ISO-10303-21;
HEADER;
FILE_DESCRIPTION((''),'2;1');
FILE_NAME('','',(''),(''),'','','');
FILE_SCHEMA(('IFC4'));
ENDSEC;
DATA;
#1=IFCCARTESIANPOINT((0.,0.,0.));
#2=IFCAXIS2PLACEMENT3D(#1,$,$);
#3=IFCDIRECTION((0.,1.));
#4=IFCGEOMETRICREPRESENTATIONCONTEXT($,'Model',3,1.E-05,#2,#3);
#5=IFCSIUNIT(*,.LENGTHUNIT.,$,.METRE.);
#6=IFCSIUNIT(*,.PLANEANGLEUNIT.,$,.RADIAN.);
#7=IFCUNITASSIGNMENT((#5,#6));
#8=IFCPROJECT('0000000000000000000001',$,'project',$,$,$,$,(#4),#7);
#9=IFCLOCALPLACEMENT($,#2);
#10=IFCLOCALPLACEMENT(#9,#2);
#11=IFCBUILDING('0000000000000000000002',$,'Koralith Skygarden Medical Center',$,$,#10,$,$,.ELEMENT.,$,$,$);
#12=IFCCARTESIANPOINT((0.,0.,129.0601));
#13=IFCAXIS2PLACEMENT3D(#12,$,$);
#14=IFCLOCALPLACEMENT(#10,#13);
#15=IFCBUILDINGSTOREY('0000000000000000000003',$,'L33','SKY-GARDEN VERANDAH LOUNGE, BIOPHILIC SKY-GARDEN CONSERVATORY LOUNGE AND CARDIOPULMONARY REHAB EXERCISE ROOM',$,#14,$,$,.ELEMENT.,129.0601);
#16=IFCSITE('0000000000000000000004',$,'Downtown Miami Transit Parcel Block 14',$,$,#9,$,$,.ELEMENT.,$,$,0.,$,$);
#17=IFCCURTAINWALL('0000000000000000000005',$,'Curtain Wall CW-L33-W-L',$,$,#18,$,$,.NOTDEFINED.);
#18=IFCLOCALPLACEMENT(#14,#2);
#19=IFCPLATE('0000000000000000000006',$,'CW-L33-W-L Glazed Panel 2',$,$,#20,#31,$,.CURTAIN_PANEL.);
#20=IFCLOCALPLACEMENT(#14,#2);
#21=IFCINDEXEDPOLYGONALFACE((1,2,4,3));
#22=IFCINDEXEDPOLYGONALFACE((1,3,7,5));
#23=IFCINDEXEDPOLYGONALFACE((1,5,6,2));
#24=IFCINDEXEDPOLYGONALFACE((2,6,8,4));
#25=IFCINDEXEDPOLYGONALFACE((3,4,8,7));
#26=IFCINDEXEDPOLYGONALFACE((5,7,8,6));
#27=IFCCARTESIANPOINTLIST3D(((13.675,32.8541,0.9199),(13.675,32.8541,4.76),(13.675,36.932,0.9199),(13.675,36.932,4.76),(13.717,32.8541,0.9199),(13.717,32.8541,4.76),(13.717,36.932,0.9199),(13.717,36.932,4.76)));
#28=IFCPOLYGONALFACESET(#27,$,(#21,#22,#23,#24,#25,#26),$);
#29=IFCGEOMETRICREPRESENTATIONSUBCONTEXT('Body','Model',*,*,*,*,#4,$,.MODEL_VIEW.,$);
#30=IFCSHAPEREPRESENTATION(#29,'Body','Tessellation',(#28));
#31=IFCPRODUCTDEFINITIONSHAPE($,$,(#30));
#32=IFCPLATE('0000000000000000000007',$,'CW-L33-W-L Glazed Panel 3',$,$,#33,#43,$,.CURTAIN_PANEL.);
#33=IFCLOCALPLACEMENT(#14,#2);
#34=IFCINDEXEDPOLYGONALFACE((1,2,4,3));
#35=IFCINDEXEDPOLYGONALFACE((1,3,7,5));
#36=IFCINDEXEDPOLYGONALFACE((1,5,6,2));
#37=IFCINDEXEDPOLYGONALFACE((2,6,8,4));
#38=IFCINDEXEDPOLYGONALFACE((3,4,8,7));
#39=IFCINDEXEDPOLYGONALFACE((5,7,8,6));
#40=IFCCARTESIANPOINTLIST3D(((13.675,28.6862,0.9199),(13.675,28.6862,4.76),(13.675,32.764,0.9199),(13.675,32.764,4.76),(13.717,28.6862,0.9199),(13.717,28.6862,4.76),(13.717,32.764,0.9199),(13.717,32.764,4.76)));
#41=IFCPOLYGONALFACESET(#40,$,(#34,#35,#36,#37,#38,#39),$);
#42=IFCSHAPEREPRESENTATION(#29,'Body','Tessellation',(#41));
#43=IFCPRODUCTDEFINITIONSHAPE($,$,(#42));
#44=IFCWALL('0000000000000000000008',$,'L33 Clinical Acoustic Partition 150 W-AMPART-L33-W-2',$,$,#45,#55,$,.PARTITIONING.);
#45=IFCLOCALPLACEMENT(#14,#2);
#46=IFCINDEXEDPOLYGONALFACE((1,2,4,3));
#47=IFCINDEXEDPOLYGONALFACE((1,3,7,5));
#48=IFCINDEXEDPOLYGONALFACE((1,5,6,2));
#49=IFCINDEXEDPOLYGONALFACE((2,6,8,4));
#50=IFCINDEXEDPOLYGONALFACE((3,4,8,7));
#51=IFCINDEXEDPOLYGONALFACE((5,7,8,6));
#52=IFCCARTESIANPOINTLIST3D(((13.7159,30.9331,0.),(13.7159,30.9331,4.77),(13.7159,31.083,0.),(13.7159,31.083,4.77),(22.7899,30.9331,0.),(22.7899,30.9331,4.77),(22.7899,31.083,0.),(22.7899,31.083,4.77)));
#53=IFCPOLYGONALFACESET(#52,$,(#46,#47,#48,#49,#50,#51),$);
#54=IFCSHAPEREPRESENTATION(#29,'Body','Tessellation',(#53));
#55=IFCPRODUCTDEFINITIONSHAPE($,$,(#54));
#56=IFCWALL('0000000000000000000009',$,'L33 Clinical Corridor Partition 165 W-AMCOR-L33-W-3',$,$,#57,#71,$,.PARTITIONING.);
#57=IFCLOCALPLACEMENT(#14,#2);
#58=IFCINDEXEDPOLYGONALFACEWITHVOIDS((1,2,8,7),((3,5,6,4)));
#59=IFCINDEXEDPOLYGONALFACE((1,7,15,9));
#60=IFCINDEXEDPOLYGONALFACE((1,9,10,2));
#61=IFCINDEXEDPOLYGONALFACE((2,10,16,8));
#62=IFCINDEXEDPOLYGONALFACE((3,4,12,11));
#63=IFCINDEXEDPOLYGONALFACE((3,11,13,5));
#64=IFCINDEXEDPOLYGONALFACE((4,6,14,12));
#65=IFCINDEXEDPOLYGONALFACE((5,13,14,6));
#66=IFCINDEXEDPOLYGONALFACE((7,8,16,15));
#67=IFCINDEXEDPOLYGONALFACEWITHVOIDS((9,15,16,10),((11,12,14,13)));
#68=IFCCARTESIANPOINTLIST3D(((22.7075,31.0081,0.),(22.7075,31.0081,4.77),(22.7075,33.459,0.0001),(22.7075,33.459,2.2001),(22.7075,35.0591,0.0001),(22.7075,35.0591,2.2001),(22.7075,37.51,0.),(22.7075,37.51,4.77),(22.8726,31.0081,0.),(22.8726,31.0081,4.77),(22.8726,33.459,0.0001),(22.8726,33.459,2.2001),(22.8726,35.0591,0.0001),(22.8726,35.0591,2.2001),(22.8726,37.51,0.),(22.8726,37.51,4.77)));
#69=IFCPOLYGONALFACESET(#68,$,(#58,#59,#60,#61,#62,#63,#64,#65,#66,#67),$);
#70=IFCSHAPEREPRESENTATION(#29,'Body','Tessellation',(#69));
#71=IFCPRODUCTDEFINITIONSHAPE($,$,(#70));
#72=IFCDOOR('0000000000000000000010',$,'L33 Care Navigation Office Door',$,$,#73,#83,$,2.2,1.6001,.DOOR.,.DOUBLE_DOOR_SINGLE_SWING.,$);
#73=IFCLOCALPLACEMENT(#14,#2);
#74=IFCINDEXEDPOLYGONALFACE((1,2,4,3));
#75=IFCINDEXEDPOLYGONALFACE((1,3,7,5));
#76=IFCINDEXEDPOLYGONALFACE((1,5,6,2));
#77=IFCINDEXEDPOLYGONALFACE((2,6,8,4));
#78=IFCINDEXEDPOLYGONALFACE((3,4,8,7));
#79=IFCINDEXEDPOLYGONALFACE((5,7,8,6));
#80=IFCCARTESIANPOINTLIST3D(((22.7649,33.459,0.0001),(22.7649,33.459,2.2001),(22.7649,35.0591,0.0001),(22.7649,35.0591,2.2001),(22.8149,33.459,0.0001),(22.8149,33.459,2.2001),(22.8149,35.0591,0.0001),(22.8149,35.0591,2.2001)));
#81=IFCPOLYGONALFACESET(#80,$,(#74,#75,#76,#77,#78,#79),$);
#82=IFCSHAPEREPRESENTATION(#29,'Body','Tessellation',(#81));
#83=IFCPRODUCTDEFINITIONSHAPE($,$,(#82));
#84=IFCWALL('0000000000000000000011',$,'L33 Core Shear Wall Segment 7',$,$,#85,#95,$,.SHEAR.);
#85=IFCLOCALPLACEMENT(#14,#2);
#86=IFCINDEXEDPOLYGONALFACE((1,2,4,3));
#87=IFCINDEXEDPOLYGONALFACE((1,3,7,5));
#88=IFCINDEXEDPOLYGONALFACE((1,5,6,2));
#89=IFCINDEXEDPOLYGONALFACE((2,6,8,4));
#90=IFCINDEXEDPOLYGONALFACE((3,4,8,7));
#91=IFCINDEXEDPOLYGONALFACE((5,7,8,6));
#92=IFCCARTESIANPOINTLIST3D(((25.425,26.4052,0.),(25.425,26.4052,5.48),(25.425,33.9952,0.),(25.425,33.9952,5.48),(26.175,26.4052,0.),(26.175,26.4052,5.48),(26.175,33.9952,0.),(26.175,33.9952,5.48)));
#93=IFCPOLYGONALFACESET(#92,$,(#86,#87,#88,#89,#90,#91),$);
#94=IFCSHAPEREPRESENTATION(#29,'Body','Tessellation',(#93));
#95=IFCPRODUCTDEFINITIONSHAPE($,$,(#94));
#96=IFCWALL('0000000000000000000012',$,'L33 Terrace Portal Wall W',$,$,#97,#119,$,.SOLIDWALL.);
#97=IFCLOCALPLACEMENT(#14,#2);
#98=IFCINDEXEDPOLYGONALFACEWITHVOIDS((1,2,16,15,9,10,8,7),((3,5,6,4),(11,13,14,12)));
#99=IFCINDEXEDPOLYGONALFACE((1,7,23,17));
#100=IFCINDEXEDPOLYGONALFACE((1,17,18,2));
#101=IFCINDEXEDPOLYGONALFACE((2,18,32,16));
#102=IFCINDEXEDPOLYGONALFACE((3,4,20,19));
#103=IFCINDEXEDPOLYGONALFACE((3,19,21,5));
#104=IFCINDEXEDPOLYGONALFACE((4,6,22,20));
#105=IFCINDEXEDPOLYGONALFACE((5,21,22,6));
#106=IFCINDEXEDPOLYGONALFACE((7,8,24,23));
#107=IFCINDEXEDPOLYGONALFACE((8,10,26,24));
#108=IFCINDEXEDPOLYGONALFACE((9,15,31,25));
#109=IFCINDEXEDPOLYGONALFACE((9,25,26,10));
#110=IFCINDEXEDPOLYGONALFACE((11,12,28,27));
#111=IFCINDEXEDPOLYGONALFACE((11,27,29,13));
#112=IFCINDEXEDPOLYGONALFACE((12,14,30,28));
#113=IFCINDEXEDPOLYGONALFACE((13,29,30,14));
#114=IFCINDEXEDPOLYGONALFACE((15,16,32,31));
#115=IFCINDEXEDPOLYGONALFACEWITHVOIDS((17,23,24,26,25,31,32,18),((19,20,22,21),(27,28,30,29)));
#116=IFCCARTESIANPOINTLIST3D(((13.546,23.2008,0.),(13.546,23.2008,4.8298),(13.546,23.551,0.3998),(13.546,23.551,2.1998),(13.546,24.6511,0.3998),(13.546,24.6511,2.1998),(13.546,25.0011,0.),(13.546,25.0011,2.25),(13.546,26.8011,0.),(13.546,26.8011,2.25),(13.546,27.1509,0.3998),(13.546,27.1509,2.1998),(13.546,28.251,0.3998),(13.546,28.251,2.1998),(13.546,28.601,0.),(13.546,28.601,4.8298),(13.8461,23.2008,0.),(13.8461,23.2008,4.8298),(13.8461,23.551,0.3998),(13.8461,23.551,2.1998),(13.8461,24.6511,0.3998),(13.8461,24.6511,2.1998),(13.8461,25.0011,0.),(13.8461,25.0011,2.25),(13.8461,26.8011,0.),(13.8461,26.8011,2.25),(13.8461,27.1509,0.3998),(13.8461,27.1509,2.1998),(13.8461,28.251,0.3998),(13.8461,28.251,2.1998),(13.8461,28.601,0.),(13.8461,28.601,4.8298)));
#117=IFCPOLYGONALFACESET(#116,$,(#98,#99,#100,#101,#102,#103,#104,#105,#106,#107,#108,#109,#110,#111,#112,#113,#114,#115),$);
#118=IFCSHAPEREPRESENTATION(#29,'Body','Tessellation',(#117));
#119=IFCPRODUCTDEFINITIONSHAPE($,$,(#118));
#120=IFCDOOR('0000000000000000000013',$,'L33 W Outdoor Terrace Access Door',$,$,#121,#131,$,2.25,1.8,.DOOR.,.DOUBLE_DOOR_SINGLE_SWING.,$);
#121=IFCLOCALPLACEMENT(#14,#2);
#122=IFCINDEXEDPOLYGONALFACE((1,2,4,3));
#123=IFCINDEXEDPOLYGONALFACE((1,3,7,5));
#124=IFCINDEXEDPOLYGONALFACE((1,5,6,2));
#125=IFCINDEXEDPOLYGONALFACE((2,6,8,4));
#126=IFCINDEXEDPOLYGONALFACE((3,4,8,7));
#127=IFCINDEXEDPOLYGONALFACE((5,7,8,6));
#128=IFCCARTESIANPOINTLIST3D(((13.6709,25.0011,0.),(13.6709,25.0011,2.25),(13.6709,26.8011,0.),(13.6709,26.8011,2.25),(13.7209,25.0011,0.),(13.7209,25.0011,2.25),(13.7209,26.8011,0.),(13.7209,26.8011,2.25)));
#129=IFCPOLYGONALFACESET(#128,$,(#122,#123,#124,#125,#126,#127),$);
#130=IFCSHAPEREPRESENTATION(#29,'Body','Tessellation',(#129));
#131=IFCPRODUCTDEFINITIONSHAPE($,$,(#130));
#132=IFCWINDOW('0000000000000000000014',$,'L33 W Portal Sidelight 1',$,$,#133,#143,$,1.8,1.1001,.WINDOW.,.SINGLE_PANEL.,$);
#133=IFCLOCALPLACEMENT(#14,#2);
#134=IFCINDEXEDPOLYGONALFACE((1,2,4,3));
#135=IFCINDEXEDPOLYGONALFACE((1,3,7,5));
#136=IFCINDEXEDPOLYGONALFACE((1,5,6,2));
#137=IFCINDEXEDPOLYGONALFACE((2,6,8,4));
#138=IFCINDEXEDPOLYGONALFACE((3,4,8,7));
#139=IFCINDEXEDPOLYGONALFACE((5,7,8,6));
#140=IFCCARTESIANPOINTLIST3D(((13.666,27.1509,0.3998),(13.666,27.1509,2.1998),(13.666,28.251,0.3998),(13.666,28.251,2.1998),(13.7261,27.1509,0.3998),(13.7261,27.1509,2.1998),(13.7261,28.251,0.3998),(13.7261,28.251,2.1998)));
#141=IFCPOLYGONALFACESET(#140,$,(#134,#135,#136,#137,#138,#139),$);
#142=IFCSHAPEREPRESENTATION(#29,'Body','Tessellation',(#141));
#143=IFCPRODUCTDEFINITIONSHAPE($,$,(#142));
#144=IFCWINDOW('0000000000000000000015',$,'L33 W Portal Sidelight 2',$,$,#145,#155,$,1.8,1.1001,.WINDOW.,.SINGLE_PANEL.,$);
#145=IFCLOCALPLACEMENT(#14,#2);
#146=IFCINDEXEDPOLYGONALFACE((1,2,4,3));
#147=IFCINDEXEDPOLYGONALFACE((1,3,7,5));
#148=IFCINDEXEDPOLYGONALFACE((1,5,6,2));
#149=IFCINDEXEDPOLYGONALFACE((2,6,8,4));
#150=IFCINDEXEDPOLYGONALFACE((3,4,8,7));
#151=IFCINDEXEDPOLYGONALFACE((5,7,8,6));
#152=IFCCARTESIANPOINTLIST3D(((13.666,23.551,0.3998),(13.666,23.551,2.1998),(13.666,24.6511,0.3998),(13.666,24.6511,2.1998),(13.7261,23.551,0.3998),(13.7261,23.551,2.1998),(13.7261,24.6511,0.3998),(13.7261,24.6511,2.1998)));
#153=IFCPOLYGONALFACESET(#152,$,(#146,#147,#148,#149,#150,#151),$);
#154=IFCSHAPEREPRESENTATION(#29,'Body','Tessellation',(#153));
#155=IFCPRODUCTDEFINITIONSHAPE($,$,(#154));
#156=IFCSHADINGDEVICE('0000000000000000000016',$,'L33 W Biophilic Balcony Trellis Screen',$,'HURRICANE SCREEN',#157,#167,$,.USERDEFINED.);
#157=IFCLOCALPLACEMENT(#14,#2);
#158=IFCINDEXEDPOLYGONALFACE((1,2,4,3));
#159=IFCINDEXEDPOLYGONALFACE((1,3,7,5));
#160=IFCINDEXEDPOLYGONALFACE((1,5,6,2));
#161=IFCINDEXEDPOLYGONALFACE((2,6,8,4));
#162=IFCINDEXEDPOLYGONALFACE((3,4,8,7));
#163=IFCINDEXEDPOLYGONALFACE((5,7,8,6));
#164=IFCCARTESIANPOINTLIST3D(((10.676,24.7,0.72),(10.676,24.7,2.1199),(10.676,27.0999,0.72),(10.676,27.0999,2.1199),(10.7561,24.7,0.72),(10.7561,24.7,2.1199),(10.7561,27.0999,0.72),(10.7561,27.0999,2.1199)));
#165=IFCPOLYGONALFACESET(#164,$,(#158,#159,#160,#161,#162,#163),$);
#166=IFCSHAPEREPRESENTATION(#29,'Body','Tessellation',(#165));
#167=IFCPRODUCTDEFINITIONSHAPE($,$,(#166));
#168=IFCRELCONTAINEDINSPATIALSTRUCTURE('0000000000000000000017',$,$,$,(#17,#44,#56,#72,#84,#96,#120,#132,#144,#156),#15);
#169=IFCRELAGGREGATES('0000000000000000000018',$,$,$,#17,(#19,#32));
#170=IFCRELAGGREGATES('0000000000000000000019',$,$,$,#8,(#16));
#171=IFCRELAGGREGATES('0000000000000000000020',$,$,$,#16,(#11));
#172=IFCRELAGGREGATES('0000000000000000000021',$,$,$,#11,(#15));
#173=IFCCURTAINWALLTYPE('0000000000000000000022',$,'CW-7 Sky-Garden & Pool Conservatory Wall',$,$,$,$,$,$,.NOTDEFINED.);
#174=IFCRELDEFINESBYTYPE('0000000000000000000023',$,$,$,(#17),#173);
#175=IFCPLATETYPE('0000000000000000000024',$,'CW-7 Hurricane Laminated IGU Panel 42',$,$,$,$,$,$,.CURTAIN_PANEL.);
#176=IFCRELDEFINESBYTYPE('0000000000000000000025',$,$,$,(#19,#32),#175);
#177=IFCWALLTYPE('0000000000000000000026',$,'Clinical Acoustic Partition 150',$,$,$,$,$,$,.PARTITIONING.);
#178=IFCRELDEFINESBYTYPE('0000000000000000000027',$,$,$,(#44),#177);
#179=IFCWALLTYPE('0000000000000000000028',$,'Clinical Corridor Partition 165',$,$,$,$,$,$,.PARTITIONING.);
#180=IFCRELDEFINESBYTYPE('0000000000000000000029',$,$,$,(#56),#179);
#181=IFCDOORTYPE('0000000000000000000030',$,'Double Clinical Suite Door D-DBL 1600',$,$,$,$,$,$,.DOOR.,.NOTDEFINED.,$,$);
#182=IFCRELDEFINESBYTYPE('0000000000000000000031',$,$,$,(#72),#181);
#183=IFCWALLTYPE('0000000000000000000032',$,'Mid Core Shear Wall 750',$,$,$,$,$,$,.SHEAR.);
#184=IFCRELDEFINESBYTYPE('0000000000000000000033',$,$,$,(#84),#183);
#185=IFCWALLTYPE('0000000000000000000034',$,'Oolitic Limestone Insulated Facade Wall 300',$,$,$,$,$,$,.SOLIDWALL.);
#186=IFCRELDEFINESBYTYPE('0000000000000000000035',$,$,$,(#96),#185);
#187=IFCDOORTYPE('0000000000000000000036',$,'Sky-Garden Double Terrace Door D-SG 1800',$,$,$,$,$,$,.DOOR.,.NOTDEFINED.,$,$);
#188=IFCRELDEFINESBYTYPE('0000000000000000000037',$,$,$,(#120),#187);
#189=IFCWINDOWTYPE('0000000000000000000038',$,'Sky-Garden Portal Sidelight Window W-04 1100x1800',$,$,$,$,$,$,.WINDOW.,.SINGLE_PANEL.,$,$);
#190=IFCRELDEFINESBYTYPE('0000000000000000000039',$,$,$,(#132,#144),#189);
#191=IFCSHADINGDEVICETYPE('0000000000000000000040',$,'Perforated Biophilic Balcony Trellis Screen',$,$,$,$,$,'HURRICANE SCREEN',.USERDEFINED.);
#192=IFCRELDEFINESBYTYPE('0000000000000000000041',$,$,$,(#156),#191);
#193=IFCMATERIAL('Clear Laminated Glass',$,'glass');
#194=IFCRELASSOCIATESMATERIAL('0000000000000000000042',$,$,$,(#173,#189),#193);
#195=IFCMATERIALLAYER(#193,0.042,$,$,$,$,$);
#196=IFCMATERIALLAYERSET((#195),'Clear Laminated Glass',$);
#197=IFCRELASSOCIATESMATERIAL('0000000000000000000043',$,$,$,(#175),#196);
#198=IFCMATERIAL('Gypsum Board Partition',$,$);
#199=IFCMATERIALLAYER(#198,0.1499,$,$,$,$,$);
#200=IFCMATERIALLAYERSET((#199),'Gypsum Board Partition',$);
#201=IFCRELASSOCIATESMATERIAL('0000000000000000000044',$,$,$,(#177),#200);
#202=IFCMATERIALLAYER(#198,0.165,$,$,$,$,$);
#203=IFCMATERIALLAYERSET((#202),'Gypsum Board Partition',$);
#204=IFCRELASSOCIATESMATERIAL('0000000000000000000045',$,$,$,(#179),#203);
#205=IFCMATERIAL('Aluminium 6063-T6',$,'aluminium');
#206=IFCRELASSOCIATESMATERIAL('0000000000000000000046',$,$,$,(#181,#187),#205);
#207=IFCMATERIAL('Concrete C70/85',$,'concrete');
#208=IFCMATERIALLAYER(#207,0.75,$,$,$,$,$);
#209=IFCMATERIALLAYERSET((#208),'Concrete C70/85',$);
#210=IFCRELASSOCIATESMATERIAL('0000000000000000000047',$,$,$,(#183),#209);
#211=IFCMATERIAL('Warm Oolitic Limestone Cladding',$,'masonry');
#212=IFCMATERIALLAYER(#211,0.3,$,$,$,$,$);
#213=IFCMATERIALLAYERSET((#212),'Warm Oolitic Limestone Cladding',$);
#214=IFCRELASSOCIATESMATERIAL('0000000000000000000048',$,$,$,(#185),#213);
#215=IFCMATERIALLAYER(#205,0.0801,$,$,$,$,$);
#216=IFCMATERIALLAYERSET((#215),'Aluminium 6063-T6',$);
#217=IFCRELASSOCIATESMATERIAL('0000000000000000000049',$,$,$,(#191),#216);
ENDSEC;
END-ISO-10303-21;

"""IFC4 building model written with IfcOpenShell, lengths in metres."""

from ifc_helpers import new_model, si_unit, direction, frame, frame_2d, origin, origin_2d, place, context, subcontext, project, spatial, rectangle, extrude, material, layer, layer_set, type_object, element, fill, aggregate, save


model = new_model("IFC4")

# Units and contexts
model_context = context("Model", 3, precision=1e-05, world=origin(), true_north=direction((0.0, 1.0)))
body_context = subcontext(model_context, "Body", "Model", "MODEL_VIEW")
ifc_project = project(units=[si_unit("LENGTHUNIT", "METRE"), si_unit("PLANEANGLEUNIT", "RADIAN")], contexts=[model_context])

# Site, building, storey
site_placement = place(None, origin())
site = spatial("IfcSite", under=ifc_project, at=site_placement, Name="Downtown Miami Transit Parcel Block 14", CompositionType="ELEMENT", RefElevation=0.0)
building_placement = place(site_placement, origin())
building = spatial("IfcBuilding", under=site, at=building_placement, Name="Koralith Skygarden Medical Center", CompositionType="ELEMENT")
storey_placement = place(building_placement, frame((0.0, 0.0, 129.0601)))
storey = spatial("IfcBuildingStorey", under=building, at=storey_placement, Name="L33", Description="SKY-GARDEN VERANDAH LOUNGE, BIOPHILIC SKY-GARDEN CONSERVATORY LOUNGE AND CARDIOPULMONARY REHAB EXERCISE ROOM", CompositionType="ELEMENT", Elevation=129.0601)

# Shared definitions
ifc_material_1 = material(Name="Concrete C70/85", Category="concrete")

# Curtain wall
ifc_material_2 = material(Name="Clear Laminated Glass", Category="glass")
curtain_wall_type = type_object("IfcCurtainWallType", Name="CW-7 Sky-Garden & Pool Conservatory Wall", PredefinedType="NOTDEFINED", material=ifc_material_2)
curtain_wall_placement = place(storey_placement, origin())
curtain_wall = element("IfcCurtainWall", 1, at=curtain_wall_placement, inside=storey, type_object=curtain_wall_type, Name="Curtain Wall CW-L33-W-L", PredefinedType="NOTDEFINED")
ifc_material_3 = material(Name="Aluminium 6063-T6", Category="aluminium")

# Plates
ifc_layer_1 = layer(ifc_material_2, 0.042)
ifc_layer_set_1 = layer_set([ifc_layer_1], Name="Clear Laminated Glass")
plate_type = type_object("IfcPlateType", Name="CW-7 Hurricane Laminated IGU Panel 42", PredefinedType="CURTAIN_PANEL", material=ifc_layer_set_1)
plate_1_placement = place(storey_placement, frame((13.696, 34.8931, 0.9199), z_axis=(0.0, 0.0, 1.0), x_axis=(0.0, -1.0, 0.0)))
plate_1 = element("IfcPlate", 2, at=plate_1_placement, type_object=plate_type, Name="CW-L33-W-L Glazed Panel 2", PredefinedType="CURTAIN_PANEL", context=body_context, shape_type="SweptSolid", body=[
    extrude(rectangle(XDim=4.0779, YDim=0.042, at=origin_2d()), origin(), (0.0, 0.0, 1.0), 3.8401),
])
plate_2_placement = place(storey_placement, frame((13.696, 30.7251, 0.9199), z_axis=(0.0, 0.0, 1.0), x_axis=(0.0, -1.0, 0.0)))
plate_2 = element("IfcPlate", 3, at=plate_2_placement, type_object=plate_type, Name="CW-L33-W-L Glazed Panel 3", PredefinedType="CURTAIN_PANEL", context=body_context, shape_type="SweptSolid", body=[
    extrude(rectangle(XDim=4.0779, YDim=0.042, at=origin_2d()), origin(), (0.0, 0.0, 1.0), 3.8401),
])
aggregate(curtain_wall, [plate_1, plate_2])

# Wall
ifc_material_4 = material(Name="Gypsum Board Partition")
ifc_layer_2 = layer(ifc_material_4, 0.1499)
ifc_layer_set_2 = layer_set([ifc_layer_2], Name="Gypsum Board Partition")
wall_type_1 = type_object("IfcWallType", Name="Clinical Acoustic Partition 150", PredefinedType="PARTITIONING", material=ifc_layer_set_2)
wall_1_placement = place(storey_placement, frame((22.79, 31.0081, 0.0), z_axis=(0.0, 0.0, 1.0), x_axis=(-1.0, 0.0, 0.0)))
element("IfcWall", 4, at=wall_1_placement, inside=storey, type_object=wall_type_1, Name="L33 Clinical Acoustic Partition 150 W-AMPART-L33-W-2", PredefinedType="PARTITIONING", context=body_context, shape_type="SweptSolid", body=[
    extrude(rectangle(XDim=9.074, YDim=0.1499, at=frame_2d((4.5371, 0.0))), origin(), (0.0, 0.0, 1.0), 4.77),
])

# Wall, opening, door
ifc_layer_3 = layer(ifc_material_4, 0.165)
ifc_layer_set_3 = layer_set([ifc_layer_3], Name="Gypsum Board Partition")
wall_type_2 = type_object("IfcWallType", Name="Clinical Corridor Partition 165", PredefinedType="PARTITIONING", material=ifc_layer_set_3)
wall_2_placement = place(storey_placement, frame((22.79, 31.0081, 0.0), z_axis=(0.0, 0.0, 1.0), x_axis=(0.0, 1.0, 0.0)))
wall_2 = element("IfcWall", 5, at=wall_2_placement, inside=storey, type_object=wall_type_2, Name="L33 Clinical Corridor Partition 165 W-AMCOR-L33-W-3", PredefinedType="PARTITIONING", context=body_context, shape_type="SweptSolid", body=[
    extrude(rectangle(XDim=6.502, YDim=0.165, at=frame_2d((3.251, 0.0))), origin(), (0.0, 0.0, 1.0), 4.77),
])
opening_1_placement = place(wall_2_placement, frame((2.4509, 0.0, 0.0)))
opening_1 = element("IfcOpeningElement", 6, at=opening_1_placement, cuts=wall_2, PredefinedType="OPENING", context=body_context, shape_type="SweptSolid", body=[
    extrude(rectangle(XDim=1.6001, YDim=2.2, at=frame_2d((0.8, 1.1001))), frame((0.0, 0.0925, 0.0), z_axis=(0.0, -1.0, 0.0), x_axis=(1.0, 0.0, 0.0)), (0.0, 0.0, 1.0), 0.1851),
])
door_type_1 = type_object("IfcDoorType", Name="Double Clinical Suite Door D-DBL 1600", OperationType="NOTDEFINED", PredefinedType="DOOR", material=ifc_material_3)
door_1_placement = place(opening_1_placement, frame((1.6001, 0.0, 0.0), z_axis=(0.0, 0.0, 1.0), x_axis=(-1.0, 0.0, 0.0)))
door_1 = element("IfcDoor", 7, at=door_1_placement, inside=storey, type_object=door_type_1, Name="L33 Care Navigation Office Door", OperationType="DOUBLE_DOOR_SINGLE_SWING", OverallHeight=2.2, OverallWidth=1.6001, PredefinedType="DOOR", context=body_context, shape_type="SweptSolid", body=[
    extrude(rectangle(XDim=1.6001, YDim=2.2, at=frame_2d((0.8, 1.1001))), frame((0.0, 0.0249, 0.0), z_axis=(0.0, -1.0, 0.0), x_axis=(1.0, 0.0, 0.0)), (0.0, 0.0, 1.0), 0.05),
])
fill(opening_1, door_1)

# Wall
ifc_layer_4 = layer(ifc_material_1, 0.75)
ifc_layer_set_4 = layer_set([ifc_layer_4], Name="Concrete C70/85")
wall_type_3 = type_object("IfcWallType", Name="Mid Core Shear Wall 750", PredefinedType="SHEAR", material=ifc_layer_set_4)
wall_3_placement = place(storey_placement, frame((25.8, 33.9951, 0.0), z_axis=(0.0, 0.0, 1.0), x_axis=(0.0, -1.0, 0.0)))
element("IfcWall", 8, at=wall_3_placement, inside=storey, type_object=wall_type_3, Name="L33 Core Shear Wall Segment 7", PredefinedType="SHEAR", context=body_context, shape_type="SweptSolid", body=[
    extrude(rectangle(XDim=7.5901, YDim=0.75, at=frame_2d((3.7949, 0.0))), origin(), (0.0, 0.0, 1.0), 5.48),
])

# Wall, openings, door, windows
ifc_material_5 = material(Name="Warm Oolitic Limestone Cladding", Category="masonry")
ifc_layer_5 = layer(ifc_material_5, 0.3)
ifc_layer_set_5 = layer_set([ifc_layer_5], Name="Warm Oolitic Limestone Cladding")
wall_type_4 = type_object("IfcWallType", Name="Oolitic Limestone Insulated Facade Wall 300", PredefinedType="SOLIDWALL", material=ifc_layer_set_5)
wall_4_placement = place(storey_placement, frame((13.696, 28.6011, 0.0), z_axis=(0.0, 0.0, 1.0), x_axis=(0.0, -1.0, 0.0)))
wall_4 = element("IfcWall", 9, at=wall_4_placement, inside=storey, type_object=wall_type_4, Name="L33 Terrace Portal Wall W", PredefinedType="SOLIDWALL", context=body_context, shape_type="SweptSolid", body=[
    extrude(rectangle(XDim=5.4001, YDim=0.3, at=frame_2d((2.7002, 0.0))), origin(), (0.0, 0.0, 1.0), 4.8298),
])
opening_2_placement = place(wall_4_placement, frame((1.8, 0.0, 0.0)))
opening_2 = element("IfcOpeningElement", 10, at=opening_2_placement, cuts=wall_4, PredefinedType="OPENING", context=body_context, shape_type="SweptSolid", body=[
    extrude(rectangle(XDim=1.8, YDim=2.25, at=frame_2d((0.8999, 1.125))), frame((0.0, 0.1599, 0.0), z_axis=(0.0, -1.0, 0.0), x_axis=(1.0, 0.0, 0.0)), (0.0, 0.0, 1.0), 0.3201),
])
opening_3_placement = place(wall_4_placement, frame((0.3501, 0.0, 0.3999)))
opening_3 = element("IfcOpeningElement", 11, at=opening_3_placement, cuts=wall_4, PredefinedType="OPENING", context=body_context, shape_type="SweptSolid", body=[
    extrude(rectangle(XDim=1.1001, YDim=1.8, at=frame_2d((0.55, 0.8999))), frame((0.0, 0.1599, 0.0), z_axis=(0.0, -1.0, 0.0), x_axis=(1.0, 0.0, 0.0)), (0.0, 0.0, 1.0), 0.3201),
])
opening_4_placement = place(wall_4_placement, frame((3.95, 0.0, 0.3999)))
opening_4 = element("IfcOpeningElement", 12, at=opening_4_placement, cuts=wall_4, PredefinedType="OPENING", context=body_context, shape_type="SweptSolid", body=[
    extrude(rectangle(XDim=1.1001, YDim=1.8, at=frame_2d((0.55, 0.8999))), frame((0.0, 0.1599, 0.0), z_axis=(0.0, -1.0, 0.0), x_axis=(1.0, 0.0, 0.0)), (0.0, 0.0, 1.0), 0.3201),
])
door_type_2 = type_object("IfcDoorType", Name="Sky-Garden Double Terrace Door D-SG 1800", OperationType="NOTDEFINED", PredefinedType="DOOR", material=ifc_material_3)
door_2_placement = place(opening_2_placement, origin())
door_2 = element("IfcDoor", 13, at=door_2_placement, inside=storey, type_object=door_type_2, Name="L33 W Outdoor Terrace Access Door", OperationType="DOUBLE_DOOR_SINGLE_SWING", OverallHeight=2.25, OverallWidth=1.8, PredefinedType="DOOR", context=body_context, shape_type="SweptSolid", body=[
    extrude(rectangle(XDim=1.8, YDim=2.25, at=frame_2d((0.8999, 1.125))), frame((0.0, 0.0249, 0.0), z_axis=(0.0, -1.0, 0.0), x_axis=(1.0, 0.0, 0.0)), (0.0, 0.0, 1.0), 0.05),
])
fill(opening_2, door_2)
window_type = type_object("IfcWindowType", Name="Sky-Garden Portal Sidelight Window W-04 1100x1800", PartitioningType="SINGLE_PANEL", PredefinedType="WINDOW", material=ifc_material_2)
window_1_placement = place(opening_3_placement, origin())
window_1 = element("IfcWindow", 14, at=window_1_placement, inside=storey, type_object=window_type, Name="L33 W Portal Sidelight 1", OverallHeight=1.8, OverallWidth=1.1001, PartitioningType="SINGLE_PANEL", PredefinedType="WINDOW", context=body_context, shape_type="SweptSolid", body=[
    extrude(rectangle(XDim=1.1001, YDim=1.8, at=frame_2d((0.55, 0.8999))), frame((0.0, 0.03, 0.0), z_axis=(0.0, -1.0, 0.0), x_axis=(1.0, 0.0, 0.0)), (0.0, 0.0, 1.0), 0.0601),
])
fill(opening_3, window_1)
window_2_placement = place(opening_4_placement, origin())
window_2 = element("IfcWindow", 15, at=window_2_placement, inside=storey, type_object=window_type, Name="L33 W Portal Sidelight 2", OverallHeight=1.8, OverallWidth=1.1001, PartitioningType="SINGLE_PANEL", PredefinedType="WINDOW", context=body_context, shape_type="SweptSolid", body=[
    extrude(rectangle(XDim=1.1001, YDim=1.8, at=frame_2d((0.55, 0.8999))), frame((0.0, 0.03, 0.0), z_axis=(0.0, -1.0, 0.0), x_axis=(1.0, 0.0, 0.0)), (0.0, 0.0, 1.0), 0.0601),
])
fill(opening_4, window_2)

# Shading device
ifc_layer_6 = layer(ifc_material_3, 0.0801)
ifc_layer_set_6 = layer_set([ifc_layer_6], Name="Aluminium 6063-T6")
shading_device_type = type_object("IfcShadingDeviceType", Name="Perforated Biophilic Balcony Trellis Screen", ElementType="HURRICANE SCREEN", PredefinedType="USERDEFINED", material=ifc_layer_set_6)
shading_device_placement = place(storey_placement, frame((10.7161, 25.8999, 0.72), z_axis=(0.0, 0.0, 1.0), x_axis=(0.0, 1.0, 0.0)))
element("IfcShadingDevice", 16, at=shading_device_placement, inside=storey, type_object=shading_device_type, Name="L33 W Biophilic Balcony Trellis Screen", ObjectType="HURRICANE SCREEN", PredefinedType="USERDEFINED", context=body_context, shape_type="SweptSolid", body=[
    extrude(rectangle(XDim=2.3999, YDim=0.0801, at=origin_2d()), origin(), (0.0, 0.0, 1.0), 1.3999),
])

save(model, "model.ifc")
